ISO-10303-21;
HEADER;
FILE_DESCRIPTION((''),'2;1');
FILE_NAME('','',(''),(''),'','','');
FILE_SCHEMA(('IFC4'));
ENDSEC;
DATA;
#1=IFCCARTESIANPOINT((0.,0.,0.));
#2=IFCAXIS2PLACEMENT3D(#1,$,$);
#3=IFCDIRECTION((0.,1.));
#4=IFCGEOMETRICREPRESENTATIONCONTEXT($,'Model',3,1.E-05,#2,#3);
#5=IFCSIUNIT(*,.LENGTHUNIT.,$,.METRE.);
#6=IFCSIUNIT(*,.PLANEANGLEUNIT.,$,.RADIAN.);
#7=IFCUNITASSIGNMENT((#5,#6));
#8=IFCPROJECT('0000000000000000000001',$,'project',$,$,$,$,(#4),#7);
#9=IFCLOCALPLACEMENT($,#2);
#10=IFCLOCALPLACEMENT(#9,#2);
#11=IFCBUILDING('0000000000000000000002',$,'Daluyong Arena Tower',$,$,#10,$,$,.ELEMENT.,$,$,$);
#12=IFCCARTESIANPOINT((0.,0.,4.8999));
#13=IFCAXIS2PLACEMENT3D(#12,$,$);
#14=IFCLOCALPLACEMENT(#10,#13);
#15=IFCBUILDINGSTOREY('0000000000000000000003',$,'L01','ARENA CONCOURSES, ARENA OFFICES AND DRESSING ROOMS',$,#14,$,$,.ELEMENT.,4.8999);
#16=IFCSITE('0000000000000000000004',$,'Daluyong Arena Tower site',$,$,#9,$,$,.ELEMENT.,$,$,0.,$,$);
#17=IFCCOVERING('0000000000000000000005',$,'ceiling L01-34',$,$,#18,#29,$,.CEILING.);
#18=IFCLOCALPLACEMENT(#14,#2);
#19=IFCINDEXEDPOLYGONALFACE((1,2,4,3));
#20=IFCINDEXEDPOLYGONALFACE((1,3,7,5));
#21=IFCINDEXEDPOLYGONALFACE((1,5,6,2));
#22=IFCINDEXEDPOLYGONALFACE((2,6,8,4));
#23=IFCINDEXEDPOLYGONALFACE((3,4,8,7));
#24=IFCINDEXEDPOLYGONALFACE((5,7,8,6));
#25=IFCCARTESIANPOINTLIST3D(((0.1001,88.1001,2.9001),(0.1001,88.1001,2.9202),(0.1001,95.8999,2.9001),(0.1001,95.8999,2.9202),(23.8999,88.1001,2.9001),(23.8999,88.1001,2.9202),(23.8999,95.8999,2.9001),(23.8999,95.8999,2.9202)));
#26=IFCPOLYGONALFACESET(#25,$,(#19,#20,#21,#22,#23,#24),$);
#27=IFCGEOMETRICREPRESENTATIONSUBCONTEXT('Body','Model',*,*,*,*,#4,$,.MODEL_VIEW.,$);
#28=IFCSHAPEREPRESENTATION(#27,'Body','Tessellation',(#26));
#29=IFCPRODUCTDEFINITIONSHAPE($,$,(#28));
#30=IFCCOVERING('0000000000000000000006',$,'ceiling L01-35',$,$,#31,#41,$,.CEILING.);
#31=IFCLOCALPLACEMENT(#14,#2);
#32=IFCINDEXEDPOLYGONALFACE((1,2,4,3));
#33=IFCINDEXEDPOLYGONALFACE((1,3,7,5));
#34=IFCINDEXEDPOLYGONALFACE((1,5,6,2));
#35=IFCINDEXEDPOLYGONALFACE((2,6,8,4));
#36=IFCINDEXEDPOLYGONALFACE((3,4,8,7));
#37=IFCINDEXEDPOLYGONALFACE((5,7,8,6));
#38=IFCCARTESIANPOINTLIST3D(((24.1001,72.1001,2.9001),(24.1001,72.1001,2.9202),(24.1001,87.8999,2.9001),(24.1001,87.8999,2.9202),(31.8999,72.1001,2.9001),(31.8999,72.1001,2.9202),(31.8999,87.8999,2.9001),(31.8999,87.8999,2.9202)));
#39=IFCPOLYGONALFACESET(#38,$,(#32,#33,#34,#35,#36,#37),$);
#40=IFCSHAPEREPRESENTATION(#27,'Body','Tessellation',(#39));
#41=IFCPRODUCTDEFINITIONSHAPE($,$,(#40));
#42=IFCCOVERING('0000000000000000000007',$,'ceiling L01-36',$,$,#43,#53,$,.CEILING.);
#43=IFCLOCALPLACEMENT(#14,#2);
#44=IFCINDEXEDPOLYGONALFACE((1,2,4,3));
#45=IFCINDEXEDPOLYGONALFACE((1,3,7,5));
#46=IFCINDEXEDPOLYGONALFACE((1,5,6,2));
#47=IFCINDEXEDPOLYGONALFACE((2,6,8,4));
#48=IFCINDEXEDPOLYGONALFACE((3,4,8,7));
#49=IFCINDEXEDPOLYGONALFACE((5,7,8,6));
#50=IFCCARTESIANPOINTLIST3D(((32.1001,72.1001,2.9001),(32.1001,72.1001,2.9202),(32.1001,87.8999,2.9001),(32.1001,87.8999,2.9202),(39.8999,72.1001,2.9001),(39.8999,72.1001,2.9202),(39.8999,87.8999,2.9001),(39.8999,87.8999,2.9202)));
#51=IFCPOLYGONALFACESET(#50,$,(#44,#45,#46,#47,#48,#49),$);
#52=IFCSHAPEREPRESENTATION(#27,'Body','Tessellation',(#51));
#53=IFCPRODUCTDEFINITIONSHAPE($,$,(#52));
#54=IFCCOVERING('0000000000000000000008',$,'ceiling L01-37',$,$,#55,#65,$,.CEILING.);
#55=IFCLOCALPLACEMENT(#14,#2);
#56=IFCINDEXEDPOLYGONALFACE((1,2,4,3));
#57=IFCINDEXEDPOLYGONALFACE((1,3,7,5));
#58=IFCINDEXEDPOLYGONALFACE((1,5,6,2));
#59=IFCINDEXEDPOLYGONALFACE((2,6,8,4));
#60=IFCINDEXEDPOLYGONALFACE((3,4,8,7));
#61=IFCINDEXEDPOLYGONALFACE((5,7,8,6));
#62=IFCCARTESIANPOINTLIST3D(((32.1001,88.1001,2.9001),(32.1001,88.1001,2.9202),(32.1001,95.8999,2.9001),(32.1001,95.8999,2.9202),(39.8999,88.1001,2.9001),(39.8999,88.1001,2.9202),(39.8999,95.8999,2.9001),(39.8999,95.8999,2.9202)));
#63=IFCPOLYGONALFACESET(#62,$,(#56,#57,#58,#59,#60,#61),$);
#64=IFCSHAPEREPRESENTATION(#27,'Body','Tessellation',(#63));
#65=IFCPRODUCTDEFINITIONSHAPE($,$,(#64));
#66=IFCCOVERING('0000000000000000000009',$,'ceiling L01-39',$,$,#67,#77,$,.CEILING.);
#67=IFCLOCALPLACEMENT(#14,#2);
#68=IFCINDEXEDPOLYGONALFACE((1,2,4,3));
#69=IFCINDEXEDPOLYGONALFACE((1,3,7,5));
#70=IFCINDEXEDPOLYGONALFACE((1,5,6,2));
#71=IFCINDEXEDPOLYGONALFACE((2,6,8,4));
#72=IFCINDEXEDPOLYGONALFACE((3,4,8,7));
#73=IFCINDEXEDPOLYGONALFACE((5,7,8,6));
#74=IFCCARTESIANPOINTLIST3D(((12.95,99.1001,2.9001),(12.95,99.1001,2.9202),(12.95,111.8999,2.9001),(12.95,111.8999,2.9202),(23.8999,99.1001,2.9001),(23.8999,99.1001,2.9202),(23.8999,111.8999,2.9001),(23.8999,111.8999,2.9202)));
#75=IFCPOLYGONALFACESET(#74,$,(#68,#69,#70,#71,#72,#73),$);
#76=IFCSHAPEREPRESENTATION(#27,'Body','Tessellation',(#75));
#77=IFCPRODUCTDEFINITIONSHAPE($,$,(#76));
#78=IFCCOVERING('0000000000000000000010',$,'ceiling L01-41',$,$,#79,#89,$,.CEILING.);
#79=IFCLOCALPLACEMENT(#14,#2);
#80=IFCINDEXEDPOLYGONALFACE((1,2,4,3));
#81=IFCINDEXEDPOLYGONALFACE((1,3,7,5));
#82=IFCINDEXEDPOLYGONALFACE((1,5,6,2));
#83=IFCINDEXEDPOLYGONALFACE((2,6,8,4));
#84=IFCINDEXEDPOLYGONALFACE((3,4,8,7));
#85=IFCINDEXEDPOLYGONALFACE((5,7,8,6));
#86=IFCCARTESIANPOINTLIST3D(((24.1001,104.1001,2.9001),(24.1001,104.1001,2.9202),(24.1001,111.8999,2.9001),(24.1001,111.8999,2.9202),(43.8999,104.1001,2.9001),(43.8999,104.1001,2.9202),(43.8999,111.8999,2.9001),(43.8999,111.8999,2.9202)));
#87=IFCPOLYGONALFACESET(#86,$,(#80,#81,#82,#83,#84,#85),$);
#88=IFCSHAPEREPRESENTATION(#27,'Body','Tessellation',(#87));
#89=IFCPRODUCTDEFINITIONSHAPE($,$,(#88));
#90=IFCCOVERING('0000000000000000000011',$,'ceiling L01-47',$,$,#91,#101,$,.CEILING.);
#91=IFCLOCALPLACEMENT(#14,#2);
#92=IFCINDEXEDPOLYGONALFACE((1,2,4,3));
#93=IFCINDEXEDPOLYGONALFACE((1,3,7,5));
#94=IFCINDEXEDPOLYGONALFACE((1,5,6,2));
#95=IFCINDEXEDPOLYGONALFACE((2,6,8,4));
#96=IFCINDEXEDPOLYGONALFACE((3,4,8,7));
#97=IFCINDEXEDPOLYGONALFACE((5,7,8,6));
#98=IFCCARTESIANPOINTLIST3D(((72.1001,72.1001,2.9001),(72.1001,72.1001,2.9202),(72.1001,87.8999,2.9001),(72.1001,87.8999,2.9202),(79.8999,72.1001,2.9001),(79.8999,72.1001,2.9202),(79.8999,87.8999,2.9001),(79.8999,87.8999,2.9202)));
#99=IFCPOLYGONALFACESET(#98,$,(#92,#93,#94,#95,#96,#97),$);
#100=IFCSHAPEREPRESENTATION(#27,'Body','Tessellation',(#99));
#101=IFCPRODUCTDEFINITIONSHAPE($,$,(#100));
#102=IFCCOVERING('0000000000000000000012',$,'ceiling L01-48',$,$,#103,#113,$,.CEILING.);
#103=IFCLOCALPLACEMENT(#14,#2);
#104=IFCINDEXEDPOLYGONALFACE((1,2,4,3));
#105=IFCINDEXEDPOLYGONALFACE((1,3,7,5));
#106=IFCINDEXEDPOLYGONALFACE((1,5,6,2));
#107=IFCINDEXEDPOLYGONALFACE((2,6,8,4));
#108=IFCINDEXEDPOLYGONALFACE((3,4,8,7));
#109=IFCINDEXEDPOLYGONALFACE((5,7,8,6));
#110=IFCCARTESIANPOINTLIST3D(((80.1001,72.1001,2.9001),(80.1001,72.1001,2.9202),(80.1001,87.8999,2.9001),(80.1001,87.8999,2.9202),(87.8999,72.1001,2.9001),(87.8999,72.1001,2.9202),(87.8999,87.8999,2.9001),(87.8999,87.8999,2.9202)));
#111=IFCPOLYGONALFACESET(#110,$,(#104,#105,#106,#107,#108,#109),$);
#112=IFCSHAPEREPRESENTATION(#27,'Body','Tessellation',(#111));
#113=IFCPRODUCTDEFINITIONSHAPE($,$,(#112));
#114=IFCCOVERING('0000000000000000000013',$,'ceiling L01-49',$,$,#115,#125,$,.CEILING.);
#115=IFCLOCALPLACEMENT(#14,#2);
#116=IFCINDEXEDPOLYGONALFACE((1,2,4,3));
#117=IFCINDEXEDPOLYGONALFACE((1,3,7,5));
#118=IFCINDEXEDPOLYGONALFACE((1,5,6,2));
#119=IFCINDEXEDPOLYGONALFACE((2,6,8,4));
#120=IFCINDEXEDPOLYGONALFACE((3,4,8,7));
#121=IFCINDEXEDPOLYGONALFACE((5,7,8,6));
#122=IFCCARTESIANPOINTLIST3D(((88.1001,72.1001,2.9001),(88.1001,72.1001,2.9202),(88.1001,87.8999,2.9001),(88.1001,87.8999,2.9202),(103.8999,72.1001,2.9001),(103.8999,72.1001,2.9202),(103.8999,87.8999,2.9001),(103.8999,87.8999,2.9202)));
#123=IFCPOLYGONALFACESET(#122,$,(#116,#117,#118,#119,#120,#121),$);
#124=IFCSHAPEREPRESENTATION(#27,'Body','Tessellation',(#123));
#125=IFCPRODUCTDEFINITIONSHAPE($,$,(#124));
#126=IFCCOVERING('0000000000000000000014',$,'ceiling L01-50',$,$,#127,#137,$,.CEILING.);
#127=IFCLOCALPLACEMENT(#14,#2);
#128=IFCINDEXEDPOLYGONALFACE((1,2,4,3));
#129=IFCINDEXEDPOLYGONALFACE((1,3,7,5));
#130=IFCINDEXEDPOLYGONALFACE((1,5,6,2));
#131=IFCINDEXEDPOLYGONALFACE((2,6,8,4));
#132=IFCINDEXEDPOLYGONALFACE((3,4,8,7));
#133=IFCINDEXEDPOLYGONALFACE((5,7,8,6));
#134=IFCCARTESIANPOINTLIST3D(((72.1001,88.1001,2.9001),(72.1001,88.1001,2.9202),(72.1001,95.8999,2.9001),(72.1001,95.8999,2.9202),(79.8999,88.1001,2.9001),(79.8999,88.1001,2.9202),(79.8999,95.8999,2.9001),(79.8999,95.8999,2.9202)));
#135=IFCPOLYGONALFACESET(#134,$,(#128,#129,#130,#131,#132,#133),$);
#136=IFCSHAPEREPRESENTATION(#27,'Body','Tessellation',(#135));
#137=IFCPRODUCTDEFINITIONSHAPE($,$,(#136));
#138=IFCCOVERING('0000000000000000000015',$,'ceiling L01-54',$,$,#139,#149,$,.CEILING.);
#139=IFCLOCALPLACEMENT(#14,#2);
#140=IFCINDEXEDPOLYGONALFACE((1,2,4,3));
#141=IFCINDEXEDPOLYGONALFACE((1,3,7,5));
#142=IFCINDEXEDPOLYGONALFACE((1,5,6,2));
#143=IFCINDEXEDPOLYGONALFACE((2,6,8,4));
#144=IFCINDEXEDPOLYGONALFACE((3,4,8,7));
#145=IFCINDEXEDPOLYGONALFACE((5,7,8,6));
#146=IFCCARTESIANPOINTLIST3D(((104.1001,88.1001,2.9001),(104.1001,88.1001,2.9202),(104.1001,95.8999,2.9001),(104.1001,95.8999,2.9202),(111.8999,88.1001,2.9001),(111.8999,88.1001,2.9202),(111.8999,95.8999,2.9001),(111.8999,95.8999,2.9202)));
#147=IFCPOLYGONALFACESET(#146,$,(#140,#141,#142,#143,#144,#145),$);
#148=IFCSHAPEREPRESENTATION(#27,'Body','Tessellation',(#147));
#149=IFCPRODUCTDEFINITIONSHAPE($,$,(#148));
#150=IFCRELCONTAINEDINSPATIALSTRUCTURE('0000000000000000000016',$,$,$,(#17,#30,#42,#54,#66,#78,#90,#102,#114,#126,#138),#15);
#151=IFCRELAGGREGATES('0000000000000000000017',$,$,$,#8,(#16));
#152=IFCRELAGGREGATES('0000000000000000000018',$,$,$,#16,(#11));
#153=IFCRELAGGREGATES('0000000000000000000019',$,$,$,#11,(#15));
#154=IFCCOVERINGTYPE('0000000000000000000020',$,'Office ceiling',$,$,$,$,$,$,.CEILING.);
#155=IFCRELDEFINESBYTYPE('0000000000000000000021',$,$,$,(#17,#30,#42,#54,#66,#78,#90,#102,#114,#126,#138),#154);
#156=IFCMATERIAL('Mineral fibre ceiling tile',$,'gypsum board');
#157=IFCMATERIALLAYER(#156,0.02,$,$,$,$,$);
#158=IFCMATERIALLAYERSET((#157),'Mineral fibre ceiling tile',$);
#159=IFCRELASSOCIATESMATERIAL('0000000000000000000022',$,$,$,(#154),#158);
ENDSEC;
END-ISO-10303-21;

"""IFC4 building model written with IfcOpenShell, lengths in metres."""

from ifc_helpers import new_model, si_unit, direction, frame, origin, place, context, subcontext, project, spatial, polyline, outline, extrude, material, layer, layer_set, type_object, element, save


model = new_model("IFC4")

# Units and contexts
model_context = context("Model", 3, precision=1e-05, world=origin(), true_north=direction((0.0, 1.0)))
body_context = subcontext(model_context, "Body", "Model", "MODEL_VIEW")
ifc_project = project(units=[si_unit("LENGTHUNIT", "METRE"), si_unit("PLANEANGLEUNIT", "RADIAN")], contexts=[model_context])

# Site, building, storey
site_placement = place(None, origin())
site = spatial("IfcSite", under=ifc_project, at=site_placement, Name="Daluyong Arena Tower site", CompositionType="ELEMENT", RefElevation=0.0)
building_placement = place(site_placement, origin())
building = spatial("IfcBuilding", under=site, at=building_placement, Name="Daluyong Arena Tower", CompositionType="ELEMENT")
storey_placement = place(building_placement, frame((0.0, 0.0, 4.8999)))
storey = spatial("IfcBuildingStorey", under=building, at=storey_placement, Name="L01", Description="ARENA CONCOURSES, ARENA OFFICES AND DRESSING ROOMS", CompositionType="ELEMENT", Elevation=4.8999)

# Coverings
ifc_material_1 = material(Name="Mineral fibre ceiling tile", Category="gypsum board")
ifc_layer_1 = layer(ifc_material_1, 0.02)
ifc_layer_set_1 = layer_set([ifc_layer_1], Name="Mineral fibre ceiling tile")
covering_type = type_object("IfcCoveringType", Name="Office ceiling", PredefinedType="CEILING", material=ifc_layer_set_1)
covering_1_placement = place(storey_placement, frame((0.0, 0.0, 2.9001)))
element("IfcCovering", 1, at=covering_1_placement, inside=storey, type_object=covering_type, Name="ceiling L01-34", PredefinedType="CEILING", context=body_context, shape_type="SweptSolid", body=[
    extrude(outline(polyline([(23.8999, 88.1001), (23.8999, 95.8999), (0.1001, 95.8999), (0.1001, 88.1001), (23.8999, 88.1001)])), origin(), (0.0, 0.0, 1.0), 0.02),
])
covering_2_placement = place(storey_placement, frame((0.0, 0.0, 2.9001)))
element("IfcCovering", 2, at=covering_2_placement, inside=storey, type_object=covering_type, Name="ceiling L01-35", PredefinedType="CEILING", context=body_context, shape_type="SweptSolid", body=[
    extrude(outline(polyline([(31.8999, 72.1001), (31.8999, 87.8999), (24.1001, 87.8999), (24.1001, 72.1001), (31.8999, 72.1001)])), origin(), (0.0, 0.0, 1.0), 0.02),
])
covering_3_placement = place(storey_placement, frame((0.0, 0.0, 2.9001)))
element("IfcCovering", 3, at=covering_3_placement, inside=storey, type_object=covering_type, Name="ceiling L01-36", PredefinedType="CEILING", context=body_context, shape_type="SweptSolid", body=[
    extrude(outline(polyline([(39.8999, 72.1001), (39.8999, 87.8999), (32.1001, 87.8999), (32.1001, 72.1001), (39.8999, 72.1001)])), origin(), (0.0, 0.0, 1.0), 0.02),
])
covering_4_placement = place(storey_placement, frame((0.0, 0.0, 2.9001)))
element("IfcCovering", 4, at=covering_4_placement, inside=storey, type_object=covering_type, Name="ceiling L01-37", PredefinedType="CEILING", context=body_context, shape_type="SweptSolid", body=[
    extrude(outline(polyline([(39.8999, 88.1001), (39.8999, 95.8999), (32.1001, 95.8999), (32.1001, 88.1001), (39.8999, 88.1001)])), origin(), (0.0, 0.0, 1.0), 0.02),
])
covering_5_placement = place(storey_placement, frame((0.0, 0.0, 2.9001)))
element("IfcCovering", 5, at=covering_5_placement, inside=storey, type_object=covering_type, Name="ceiling L01-39", PredefinedType="CEILING", context=body_context, shape_type="SweptSolid", body=[
    extrude(outline(polyline([(23.8999, 99.1001), (23.8999, 111.8999), (12.95, 111.8999), (12.95, 99.1001), (23.8999, 99.1001)])), origin(), (0.0, 0.0, 1.0), 0.02),
])
covering_6_placement = place(storey_placement, frame((0.0, 0.0, 2.9001)))
element("IfcCovering", 6, at=covering_6_placement, inside=storey, type_object=covering_type, Name="ceiling L01-41", PredefinedType="CEILING", context=body_context, shape_type="SweptSolid", body=[
    extrude(outline(polyline([(43.8999, 104.1001), (43.8999, 111.8999), (24.1001, 111.8999), (24.1001, 104.1001), (43.8999, 104.1001)])), origin(), (0.0, 0.0, 1.0), 0.02),
])
covering_7_placement = place(storey_placement, frame((0.0, 0.0, 2.9001)))
element("IfcCovering", 7, at=covering_7_placement, inside=storey, type_object=covering_type, Name="ceiling L01-47", PredefinedType="CEILING", context=body_context, shape_type="SweptSolid", body=[
    extrude(outline(polyline([(79.8999, 72.1001), (79.8999, 87.8999), (72.1001, 87.8999), (72.1001, 72.1001), (79.8999, 72.1001)])), origin(), (0.0, 0.0, 1.0), 0.02),
])
covering_8_placement = place(storey_placement, frame((0.0, 0.0, 2.9001)))
element("IfcCovering", 8, at=covering_8_placement, inside=storey, type_object=covering_type, Name="ceiling L01-48", PredefinedType="CEILING", context=body_context, shape_type="SweptSolid", body=[
    extrude(outline(polyline([(87.8999, 72.1001), (87.8999, 87.8999), (80.1001, 87.8999), (80.1001, 72.1001), (87.8999, 72.1001)])), origin(), (0.0, 0.0, 1.0), 0.02),
])
covering_9_placement = place(storey_placement, frame((0.0, 0.0, 2.9001)))
element("IfcCovering", 9, at=covering_9_placement, inside=storey, type_object=covering_type, Name="ceiling L01-49", PredefinedType="CEILING", context=body_context, shape_type="SweptSolid", body=[
    extrude(outline(polyline([(103.8999, 72.1001), (103.8999, 87.8999), (88.1001, 87.8999), (88.1001, 72.1001), (103.8999, 72.1001)])), origin(), (0.0, 0.0, 1.0), 0.02),
])
covering_10_placement = place(storey_placement, frame((0.0, 0.0, 2.9001)))
element("IfcCovering", 10, at=covering_10_placement, inside=storey, type_object=covering_type, Name="ceiling L01-50", PredefinedType="CEILING", context=body_context, shape_type="SweptSolid", body=[
    extrude(outline(polyline([(79.8999, 88.1001), (79.8999, 95.8999), (72.1001, 95.8999), (72.1001, 88.1001), (79.8999, 88.1001)])), origin(), (0.0, 0.0, 1.0), 0.02),
])
covering_11_placement = place(storey_placement, frame((0.0, 0.0, 2.9001)))
element("IfcCovering", 11, at=covering_11_placement, inside=storey, type_object=covering_type, Name="ceiling L01-54", PredefinedType="CEILING", context=body_context, shape_type="SweptSolid", body=[
    extrude(outline(polyline([(111.8999, 88.1001), (111.8999, 95.8999), (104.1001, 95.8999), (104.1001, 88.1001), (111.8999, 88.1001)])), origin(), (0.0, 0.0, 1.0), 0.02),
])

save(model, "model.ifc")
